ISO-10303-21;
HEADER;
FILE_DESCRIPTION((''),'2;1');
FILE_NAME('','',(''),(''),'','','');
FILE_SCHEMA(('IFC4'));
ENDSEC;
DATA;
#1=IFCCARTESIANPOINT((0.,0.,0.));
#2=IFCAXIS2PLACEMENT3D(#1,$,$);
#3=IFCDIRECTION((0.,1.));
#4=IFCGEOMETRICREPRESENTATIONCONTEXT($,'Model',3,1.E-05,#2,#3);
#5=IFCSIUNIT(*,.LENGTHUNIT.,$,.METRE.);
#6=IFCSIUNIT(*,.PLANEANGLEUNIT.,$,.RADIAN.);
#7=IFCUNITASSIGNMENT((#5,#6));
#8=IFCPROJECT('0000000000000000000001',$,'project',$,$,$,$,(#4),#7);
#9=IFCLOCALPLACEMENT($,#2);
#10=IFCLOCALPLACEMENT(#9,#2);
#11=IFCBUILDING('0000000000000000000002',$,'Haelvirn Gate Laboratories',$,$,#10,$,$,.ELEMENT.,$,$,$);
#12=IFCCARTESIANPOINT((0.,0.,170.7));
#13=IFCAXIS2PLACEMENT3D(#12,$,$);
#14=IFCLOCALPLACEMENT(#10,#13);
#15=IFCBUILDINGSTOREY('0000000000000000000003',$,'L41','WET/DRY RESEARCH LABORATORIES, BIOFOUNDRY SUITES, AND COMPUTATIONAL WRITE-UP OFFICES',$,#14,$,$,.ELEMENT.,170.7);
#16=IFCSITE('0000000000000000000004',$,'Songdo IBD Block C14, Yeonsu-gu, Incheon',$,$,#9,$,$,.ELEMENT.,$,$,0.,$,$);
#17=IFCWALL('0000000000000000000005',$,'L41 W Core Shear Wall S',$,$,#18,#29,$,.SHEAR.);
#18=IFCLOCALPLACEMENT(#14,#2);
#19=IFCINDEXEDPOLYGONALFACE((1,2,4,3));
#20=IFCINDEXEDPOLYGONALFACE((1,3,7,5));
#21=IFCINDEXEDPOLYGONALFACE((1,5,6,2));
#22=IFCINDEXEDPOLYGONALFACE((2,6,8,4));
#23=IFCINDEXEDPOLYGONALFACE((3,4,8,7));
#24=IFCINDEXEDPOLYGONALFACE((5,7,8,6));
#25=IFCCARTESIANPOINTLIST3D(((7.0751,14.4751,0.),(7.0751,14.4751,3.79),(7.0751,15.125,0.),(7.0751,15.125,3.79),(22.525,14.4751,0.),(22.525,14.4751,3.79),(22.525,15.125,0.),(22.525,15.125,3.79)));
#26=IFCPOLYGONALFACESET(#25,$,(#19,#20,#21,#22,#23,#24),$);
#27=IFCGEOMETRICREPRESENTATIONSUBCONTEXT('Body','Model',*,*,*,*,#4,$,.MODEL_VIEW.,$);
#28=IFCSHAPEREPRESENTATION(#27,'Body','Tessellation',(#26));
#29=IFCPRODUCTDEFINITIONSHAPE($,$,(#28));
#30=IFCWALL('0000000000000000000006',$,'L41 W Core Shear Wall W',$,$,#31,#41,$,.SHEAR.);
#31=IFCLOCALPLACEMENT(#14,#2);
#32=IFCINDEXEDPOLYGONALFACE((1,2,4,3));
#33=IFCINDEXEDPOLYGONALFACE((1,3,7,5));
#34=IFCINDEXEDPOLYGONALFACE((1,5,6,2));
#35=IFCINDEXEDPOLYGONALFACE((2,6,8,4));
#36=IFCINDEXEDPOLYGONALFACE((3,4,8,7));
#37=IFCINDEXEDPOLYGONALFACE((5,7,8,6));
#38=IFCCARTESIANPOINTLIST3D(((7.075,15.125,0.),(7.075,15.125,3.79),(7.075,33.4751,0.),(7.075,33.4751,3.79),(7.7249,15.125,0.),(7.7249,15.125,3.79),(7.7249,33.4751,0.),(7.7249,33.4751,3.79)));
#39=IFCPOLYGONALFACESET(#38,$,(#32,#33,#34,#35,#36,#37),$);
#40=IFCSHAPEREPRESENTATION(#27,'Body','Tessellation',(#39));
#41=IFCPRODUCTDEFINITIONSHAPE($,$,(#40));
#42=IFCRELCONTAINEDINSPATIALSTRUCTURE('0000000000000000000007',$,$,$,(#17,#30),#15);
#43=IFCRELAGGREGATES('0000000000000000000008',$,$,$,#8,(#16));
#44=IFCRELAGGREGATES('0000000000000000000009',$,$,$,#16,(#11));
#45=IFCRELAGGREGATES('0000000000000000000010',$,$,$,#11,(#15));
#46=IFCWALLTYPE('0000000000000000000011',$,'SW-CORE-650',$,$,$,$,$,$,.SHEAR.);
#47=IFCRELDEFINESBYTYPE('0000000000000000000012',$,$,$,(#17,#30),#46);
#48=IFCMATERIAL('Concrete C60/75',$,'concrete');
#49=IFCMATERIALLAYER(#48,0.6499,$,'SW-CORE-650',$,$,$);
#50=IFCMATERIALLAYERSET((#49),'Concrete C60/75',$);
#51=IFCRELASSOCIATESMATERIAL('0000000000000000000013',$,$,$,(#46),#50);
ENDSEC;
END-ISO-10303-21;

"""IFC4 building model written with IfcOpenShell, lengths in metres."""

from ifc_helpers import new_model, si_unit, direction, frame, frame_2d, origin, place, context, subcontext, project, spatial, rectangle, extrude, material, layer, layer_set, type_object, element, save


model = new_model("IFC4")

# Units and contexts
model_context = context("Model", 3, precision=1e-05, world=origin(), true_north=direction((0.0, 1.0)))
body_context = subcontext(model_context, "Body", "Model", "MODEL_VIEW")
ifc_project = project(units=[si_unit("LENGTHUNIT", "METRE"), si_unit("PLANEANGLEUNIT", "RADIAN")], contexts=[model_context])

# Site, building, storey
site_placement = place(None, origin())
site = spatial("IfcSite", under=ifc_project, at=site_placement, Name="Songdo IBD Block C14, Yeonsu-gu, Incheon", CompositionType="ELEMENT", RefElevation=0.0)
building_placement = place(site_placement, origin())
building = spatial("IfcBuilding", under=site, at=building_placement, Name="Haelvirn Gate Laboratories", CompositionType="ELEMENT")
storey_placement = place(building_placement, frame((0.0, 0.0, 170.7)))
storey = spatial("IfcBuildingStorey", under=building, at=storey_placement, Name="L41", Description="WET/DRY RESEARCH LABORATORIES, BIOFOUNDRY SUITES, AND COMPUTATIONAL WRITE-UP OFFICES", CompositionType="ELEMENT", Elevation=170.7)

# Shared definitions
ifc_material_1 = material(Name="Concrete C60/75", Category="concrete")

# Walls
ifc_layer_1 = layer(ifc_material_1, 0.6499, Name="SW-CORE-650")
ifc_layer_set_1 = layer_set([ifc_layer_1], Name="Concrete C60/75")
wall_type_1 = type_object("IfcWallType", Name="SW-CORE-650", PredefinedType="SHEAR", material=ifc_layer_set_1)
wall_1_placement = place(storey_placement, frame((7.075, 14.8, 0.0), z_axis=(0.0, 0.0, 1.0), x_axis=(1.0, 0.0, 0.0)))
element("IfcWall", 1, at=wall_1_placement, inside=storey, type_object=wall_type_1, Name="L41 W Core Shear Wall S", PredefinedType="SHEAR", context=body_context, shape_type="SweptSolid", body=[
    extrude(rectangle(XDim=15.45, YDim=0.6499, at=frame_2d((7.7251, 0.0))), origin(), (0.0, 0.0, 1.0), 3.79),
])
wall_2_placement = place(storey_placement, frame((7.3999, 15.125, 0.0), z_axis=(0.0, 0.0, 1.0), x_axis=(0.0, 1.0, 0.0)))
element("IfcWall", 2, at=wall_2_placement, inside=storey, type_object=wall_type_1, Name="L41 W Core Shear Wall W", PredefinedType="SHEAR", context=body_context, shape_type="SweptSolid", body=[
    extrude(rectangle(XDim=18.3501, YDim=0.6499, at=frame_2d((9.175, 0.0))), origin(), (0.0, 0.0, 1.0), 3.79),
])

save(model, "model.ifc")
